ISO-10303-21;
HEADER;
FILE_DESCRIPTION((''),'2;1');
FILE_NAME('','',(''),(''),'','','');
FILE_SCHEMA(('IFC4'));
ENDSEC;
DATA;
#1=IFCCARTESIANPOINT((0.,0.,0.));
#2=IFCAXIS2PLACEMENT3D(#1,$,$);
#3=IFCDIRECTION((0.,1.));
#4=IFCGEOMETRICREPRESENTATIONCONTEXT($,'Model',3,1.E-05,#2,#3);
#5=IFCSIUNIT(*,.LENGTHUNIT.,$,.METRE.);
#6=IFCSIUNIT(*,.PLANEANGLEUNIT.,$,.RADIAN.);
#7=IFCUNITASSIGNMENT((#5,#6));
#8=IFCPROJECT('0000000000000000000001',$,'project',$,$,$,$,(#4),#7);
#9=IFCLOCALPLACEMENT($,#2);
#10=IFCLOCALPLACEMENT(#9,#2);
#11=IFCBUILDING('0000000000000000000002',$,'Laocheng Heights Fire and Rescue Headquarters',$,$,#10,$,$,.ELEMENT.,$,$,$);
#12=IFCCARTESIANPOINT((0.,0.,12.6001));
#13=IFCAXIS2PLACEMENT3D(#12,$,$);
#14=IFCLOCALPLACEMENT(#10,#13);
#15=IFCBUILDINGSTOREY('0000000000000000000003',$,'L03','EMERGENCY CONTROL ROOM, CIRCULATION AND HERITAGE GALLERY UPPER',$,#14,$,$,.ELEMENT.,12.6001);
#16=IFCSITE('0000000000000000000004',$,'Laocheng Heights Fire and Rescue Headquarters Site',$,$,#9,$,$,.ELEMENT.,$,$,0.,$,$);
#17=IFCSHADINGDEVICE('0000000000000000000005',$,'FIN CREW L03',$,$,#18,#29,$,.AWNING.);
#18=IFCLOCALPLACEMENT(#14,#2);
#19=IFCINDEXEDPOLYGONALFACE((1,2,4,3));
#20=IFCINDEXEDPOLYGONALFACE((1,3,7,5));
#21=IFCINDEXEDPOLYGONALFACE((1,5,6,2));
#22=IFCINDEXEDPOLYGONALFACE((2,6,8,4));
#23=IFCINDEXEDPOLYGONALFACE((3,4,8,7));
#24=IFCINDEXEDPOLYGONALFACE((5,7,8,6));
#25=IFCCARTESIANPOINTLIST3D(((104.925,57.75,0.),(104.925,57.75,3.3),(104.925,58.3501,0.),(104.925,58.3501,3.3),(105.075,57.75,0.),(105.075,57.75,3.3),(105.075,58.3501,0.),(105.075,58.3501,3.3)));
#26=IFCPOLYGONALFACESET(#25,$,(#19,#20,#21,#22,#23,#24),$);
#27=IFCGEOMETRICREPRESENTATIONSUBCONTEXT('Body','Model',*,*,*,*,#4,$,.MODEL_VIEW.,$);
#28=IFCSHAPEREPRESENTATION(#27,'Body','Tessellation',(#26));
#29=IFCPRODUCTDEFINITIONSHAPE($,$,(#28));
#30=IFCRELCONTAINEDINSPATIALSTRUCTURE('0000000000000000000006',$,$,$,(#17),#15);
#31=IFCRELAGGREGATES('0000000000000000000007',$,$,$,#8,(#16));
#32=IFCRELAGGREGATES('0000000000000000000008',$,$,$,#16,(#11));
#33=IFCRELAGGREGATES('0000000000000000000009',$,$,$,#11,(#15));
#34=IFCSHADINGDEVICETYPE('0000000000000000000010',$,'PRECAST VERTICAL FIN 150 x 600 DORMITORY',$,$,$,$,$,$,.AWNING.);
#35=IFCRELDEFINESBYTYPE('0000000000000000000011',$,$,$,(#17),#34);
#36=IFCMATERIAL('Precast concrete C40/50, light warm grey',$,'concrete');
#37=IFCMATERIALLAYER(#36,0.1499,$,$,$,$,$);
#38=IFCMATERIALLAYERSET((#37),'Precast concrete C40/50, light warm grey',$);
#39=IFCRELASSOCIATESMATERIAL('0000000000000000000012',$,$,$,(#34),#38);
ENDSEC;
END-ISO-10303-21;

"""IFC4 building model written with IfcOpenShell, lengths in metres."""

from ifc_helpers import new_model, si_unit, direction, frame, origin, origin_2d, place, context, subcontext, project, spatial, rectangle, extrude, material, layer, layer_set, type_object, element, save


model = new_model("IFC4")

# Units and contexts
model_context = context("Model", 3, precision=1e-05, world=origin(), true_north=direction((0.0, 1.0)))
body_context = subcontext(model_context, "Body", "Model", "MODEL_VIEW")
ifc_project = project(units=[si_unit("LENGTHUNIT", "METRE"), si_unit("PLANEANGLEUNIT", "RADIAN")], contexts=[model_context])

# Site, building, storey
site_placement = place(None, origin())
site = spatial("IfcSite", under=ifc_project, at=site_placement, Name="Laocheng Heights Fire and Rescue Headquarters Site", CompositionType="ELEMENT", RefElevation=0.0)
building_placement = place(site_placement, origin())
building = spatial("IfcBuilding", under=site, at=building_placement, Name="Laocheng Heights Fire and Rescue Headquarters", CompositionType="ELEMENT")
storey_placement = place(building_placement, frame((0.0, 0.0, 12.6001)))
storey = spatial("IfcBuildingStorey", under=building, at=storey_placement, Name="L03", Description="EMERGENCY CONTROL ROOM, CIRCULATION AND HERITAGE GALLERY UPPER", CompositionType="ELEMENT", Elevation=12.6001)

# Shading device
ifc_material_1 = material(Name="Precast concrete C40/50, light warm grey", Category="concrete")
ifc_layer_1 = layer(ifc_material_1, 0.1499)
ifc_layer_set_1 = layer_set([ifc_layer_1], Name="Precast concrete C40/50, light warm grey")
shading_device_type = type_object("IfcShadingDeviceType", Name="PRECAST VERTICAL FIN 150 x 600 DORMITORY", PredefinedType="AWNING", material=ifc_layer_set_1)
shading_device_placement = place(storey_placement, frame((105.0, 58.05, 0.0), z_axis=(0.0, 0.0, 1.0), x_axis=(1.0, 0.0, 0.0)))
element("IfcShadingDevice", 1, at=shading_device_placement, inside=storey, type_object=shading_device_type, Name="FIN CREW L03", PredefinedType="AWNING", context=body_context, shape_type="SweptSolid", body=[
    extrude(rectangle(XDim=0.1499, YDim=0.6001, at=origin_2d()), origin(), (0.0, 0.0, 1.0), 3.3),
])

save(model, "model.ifc")
